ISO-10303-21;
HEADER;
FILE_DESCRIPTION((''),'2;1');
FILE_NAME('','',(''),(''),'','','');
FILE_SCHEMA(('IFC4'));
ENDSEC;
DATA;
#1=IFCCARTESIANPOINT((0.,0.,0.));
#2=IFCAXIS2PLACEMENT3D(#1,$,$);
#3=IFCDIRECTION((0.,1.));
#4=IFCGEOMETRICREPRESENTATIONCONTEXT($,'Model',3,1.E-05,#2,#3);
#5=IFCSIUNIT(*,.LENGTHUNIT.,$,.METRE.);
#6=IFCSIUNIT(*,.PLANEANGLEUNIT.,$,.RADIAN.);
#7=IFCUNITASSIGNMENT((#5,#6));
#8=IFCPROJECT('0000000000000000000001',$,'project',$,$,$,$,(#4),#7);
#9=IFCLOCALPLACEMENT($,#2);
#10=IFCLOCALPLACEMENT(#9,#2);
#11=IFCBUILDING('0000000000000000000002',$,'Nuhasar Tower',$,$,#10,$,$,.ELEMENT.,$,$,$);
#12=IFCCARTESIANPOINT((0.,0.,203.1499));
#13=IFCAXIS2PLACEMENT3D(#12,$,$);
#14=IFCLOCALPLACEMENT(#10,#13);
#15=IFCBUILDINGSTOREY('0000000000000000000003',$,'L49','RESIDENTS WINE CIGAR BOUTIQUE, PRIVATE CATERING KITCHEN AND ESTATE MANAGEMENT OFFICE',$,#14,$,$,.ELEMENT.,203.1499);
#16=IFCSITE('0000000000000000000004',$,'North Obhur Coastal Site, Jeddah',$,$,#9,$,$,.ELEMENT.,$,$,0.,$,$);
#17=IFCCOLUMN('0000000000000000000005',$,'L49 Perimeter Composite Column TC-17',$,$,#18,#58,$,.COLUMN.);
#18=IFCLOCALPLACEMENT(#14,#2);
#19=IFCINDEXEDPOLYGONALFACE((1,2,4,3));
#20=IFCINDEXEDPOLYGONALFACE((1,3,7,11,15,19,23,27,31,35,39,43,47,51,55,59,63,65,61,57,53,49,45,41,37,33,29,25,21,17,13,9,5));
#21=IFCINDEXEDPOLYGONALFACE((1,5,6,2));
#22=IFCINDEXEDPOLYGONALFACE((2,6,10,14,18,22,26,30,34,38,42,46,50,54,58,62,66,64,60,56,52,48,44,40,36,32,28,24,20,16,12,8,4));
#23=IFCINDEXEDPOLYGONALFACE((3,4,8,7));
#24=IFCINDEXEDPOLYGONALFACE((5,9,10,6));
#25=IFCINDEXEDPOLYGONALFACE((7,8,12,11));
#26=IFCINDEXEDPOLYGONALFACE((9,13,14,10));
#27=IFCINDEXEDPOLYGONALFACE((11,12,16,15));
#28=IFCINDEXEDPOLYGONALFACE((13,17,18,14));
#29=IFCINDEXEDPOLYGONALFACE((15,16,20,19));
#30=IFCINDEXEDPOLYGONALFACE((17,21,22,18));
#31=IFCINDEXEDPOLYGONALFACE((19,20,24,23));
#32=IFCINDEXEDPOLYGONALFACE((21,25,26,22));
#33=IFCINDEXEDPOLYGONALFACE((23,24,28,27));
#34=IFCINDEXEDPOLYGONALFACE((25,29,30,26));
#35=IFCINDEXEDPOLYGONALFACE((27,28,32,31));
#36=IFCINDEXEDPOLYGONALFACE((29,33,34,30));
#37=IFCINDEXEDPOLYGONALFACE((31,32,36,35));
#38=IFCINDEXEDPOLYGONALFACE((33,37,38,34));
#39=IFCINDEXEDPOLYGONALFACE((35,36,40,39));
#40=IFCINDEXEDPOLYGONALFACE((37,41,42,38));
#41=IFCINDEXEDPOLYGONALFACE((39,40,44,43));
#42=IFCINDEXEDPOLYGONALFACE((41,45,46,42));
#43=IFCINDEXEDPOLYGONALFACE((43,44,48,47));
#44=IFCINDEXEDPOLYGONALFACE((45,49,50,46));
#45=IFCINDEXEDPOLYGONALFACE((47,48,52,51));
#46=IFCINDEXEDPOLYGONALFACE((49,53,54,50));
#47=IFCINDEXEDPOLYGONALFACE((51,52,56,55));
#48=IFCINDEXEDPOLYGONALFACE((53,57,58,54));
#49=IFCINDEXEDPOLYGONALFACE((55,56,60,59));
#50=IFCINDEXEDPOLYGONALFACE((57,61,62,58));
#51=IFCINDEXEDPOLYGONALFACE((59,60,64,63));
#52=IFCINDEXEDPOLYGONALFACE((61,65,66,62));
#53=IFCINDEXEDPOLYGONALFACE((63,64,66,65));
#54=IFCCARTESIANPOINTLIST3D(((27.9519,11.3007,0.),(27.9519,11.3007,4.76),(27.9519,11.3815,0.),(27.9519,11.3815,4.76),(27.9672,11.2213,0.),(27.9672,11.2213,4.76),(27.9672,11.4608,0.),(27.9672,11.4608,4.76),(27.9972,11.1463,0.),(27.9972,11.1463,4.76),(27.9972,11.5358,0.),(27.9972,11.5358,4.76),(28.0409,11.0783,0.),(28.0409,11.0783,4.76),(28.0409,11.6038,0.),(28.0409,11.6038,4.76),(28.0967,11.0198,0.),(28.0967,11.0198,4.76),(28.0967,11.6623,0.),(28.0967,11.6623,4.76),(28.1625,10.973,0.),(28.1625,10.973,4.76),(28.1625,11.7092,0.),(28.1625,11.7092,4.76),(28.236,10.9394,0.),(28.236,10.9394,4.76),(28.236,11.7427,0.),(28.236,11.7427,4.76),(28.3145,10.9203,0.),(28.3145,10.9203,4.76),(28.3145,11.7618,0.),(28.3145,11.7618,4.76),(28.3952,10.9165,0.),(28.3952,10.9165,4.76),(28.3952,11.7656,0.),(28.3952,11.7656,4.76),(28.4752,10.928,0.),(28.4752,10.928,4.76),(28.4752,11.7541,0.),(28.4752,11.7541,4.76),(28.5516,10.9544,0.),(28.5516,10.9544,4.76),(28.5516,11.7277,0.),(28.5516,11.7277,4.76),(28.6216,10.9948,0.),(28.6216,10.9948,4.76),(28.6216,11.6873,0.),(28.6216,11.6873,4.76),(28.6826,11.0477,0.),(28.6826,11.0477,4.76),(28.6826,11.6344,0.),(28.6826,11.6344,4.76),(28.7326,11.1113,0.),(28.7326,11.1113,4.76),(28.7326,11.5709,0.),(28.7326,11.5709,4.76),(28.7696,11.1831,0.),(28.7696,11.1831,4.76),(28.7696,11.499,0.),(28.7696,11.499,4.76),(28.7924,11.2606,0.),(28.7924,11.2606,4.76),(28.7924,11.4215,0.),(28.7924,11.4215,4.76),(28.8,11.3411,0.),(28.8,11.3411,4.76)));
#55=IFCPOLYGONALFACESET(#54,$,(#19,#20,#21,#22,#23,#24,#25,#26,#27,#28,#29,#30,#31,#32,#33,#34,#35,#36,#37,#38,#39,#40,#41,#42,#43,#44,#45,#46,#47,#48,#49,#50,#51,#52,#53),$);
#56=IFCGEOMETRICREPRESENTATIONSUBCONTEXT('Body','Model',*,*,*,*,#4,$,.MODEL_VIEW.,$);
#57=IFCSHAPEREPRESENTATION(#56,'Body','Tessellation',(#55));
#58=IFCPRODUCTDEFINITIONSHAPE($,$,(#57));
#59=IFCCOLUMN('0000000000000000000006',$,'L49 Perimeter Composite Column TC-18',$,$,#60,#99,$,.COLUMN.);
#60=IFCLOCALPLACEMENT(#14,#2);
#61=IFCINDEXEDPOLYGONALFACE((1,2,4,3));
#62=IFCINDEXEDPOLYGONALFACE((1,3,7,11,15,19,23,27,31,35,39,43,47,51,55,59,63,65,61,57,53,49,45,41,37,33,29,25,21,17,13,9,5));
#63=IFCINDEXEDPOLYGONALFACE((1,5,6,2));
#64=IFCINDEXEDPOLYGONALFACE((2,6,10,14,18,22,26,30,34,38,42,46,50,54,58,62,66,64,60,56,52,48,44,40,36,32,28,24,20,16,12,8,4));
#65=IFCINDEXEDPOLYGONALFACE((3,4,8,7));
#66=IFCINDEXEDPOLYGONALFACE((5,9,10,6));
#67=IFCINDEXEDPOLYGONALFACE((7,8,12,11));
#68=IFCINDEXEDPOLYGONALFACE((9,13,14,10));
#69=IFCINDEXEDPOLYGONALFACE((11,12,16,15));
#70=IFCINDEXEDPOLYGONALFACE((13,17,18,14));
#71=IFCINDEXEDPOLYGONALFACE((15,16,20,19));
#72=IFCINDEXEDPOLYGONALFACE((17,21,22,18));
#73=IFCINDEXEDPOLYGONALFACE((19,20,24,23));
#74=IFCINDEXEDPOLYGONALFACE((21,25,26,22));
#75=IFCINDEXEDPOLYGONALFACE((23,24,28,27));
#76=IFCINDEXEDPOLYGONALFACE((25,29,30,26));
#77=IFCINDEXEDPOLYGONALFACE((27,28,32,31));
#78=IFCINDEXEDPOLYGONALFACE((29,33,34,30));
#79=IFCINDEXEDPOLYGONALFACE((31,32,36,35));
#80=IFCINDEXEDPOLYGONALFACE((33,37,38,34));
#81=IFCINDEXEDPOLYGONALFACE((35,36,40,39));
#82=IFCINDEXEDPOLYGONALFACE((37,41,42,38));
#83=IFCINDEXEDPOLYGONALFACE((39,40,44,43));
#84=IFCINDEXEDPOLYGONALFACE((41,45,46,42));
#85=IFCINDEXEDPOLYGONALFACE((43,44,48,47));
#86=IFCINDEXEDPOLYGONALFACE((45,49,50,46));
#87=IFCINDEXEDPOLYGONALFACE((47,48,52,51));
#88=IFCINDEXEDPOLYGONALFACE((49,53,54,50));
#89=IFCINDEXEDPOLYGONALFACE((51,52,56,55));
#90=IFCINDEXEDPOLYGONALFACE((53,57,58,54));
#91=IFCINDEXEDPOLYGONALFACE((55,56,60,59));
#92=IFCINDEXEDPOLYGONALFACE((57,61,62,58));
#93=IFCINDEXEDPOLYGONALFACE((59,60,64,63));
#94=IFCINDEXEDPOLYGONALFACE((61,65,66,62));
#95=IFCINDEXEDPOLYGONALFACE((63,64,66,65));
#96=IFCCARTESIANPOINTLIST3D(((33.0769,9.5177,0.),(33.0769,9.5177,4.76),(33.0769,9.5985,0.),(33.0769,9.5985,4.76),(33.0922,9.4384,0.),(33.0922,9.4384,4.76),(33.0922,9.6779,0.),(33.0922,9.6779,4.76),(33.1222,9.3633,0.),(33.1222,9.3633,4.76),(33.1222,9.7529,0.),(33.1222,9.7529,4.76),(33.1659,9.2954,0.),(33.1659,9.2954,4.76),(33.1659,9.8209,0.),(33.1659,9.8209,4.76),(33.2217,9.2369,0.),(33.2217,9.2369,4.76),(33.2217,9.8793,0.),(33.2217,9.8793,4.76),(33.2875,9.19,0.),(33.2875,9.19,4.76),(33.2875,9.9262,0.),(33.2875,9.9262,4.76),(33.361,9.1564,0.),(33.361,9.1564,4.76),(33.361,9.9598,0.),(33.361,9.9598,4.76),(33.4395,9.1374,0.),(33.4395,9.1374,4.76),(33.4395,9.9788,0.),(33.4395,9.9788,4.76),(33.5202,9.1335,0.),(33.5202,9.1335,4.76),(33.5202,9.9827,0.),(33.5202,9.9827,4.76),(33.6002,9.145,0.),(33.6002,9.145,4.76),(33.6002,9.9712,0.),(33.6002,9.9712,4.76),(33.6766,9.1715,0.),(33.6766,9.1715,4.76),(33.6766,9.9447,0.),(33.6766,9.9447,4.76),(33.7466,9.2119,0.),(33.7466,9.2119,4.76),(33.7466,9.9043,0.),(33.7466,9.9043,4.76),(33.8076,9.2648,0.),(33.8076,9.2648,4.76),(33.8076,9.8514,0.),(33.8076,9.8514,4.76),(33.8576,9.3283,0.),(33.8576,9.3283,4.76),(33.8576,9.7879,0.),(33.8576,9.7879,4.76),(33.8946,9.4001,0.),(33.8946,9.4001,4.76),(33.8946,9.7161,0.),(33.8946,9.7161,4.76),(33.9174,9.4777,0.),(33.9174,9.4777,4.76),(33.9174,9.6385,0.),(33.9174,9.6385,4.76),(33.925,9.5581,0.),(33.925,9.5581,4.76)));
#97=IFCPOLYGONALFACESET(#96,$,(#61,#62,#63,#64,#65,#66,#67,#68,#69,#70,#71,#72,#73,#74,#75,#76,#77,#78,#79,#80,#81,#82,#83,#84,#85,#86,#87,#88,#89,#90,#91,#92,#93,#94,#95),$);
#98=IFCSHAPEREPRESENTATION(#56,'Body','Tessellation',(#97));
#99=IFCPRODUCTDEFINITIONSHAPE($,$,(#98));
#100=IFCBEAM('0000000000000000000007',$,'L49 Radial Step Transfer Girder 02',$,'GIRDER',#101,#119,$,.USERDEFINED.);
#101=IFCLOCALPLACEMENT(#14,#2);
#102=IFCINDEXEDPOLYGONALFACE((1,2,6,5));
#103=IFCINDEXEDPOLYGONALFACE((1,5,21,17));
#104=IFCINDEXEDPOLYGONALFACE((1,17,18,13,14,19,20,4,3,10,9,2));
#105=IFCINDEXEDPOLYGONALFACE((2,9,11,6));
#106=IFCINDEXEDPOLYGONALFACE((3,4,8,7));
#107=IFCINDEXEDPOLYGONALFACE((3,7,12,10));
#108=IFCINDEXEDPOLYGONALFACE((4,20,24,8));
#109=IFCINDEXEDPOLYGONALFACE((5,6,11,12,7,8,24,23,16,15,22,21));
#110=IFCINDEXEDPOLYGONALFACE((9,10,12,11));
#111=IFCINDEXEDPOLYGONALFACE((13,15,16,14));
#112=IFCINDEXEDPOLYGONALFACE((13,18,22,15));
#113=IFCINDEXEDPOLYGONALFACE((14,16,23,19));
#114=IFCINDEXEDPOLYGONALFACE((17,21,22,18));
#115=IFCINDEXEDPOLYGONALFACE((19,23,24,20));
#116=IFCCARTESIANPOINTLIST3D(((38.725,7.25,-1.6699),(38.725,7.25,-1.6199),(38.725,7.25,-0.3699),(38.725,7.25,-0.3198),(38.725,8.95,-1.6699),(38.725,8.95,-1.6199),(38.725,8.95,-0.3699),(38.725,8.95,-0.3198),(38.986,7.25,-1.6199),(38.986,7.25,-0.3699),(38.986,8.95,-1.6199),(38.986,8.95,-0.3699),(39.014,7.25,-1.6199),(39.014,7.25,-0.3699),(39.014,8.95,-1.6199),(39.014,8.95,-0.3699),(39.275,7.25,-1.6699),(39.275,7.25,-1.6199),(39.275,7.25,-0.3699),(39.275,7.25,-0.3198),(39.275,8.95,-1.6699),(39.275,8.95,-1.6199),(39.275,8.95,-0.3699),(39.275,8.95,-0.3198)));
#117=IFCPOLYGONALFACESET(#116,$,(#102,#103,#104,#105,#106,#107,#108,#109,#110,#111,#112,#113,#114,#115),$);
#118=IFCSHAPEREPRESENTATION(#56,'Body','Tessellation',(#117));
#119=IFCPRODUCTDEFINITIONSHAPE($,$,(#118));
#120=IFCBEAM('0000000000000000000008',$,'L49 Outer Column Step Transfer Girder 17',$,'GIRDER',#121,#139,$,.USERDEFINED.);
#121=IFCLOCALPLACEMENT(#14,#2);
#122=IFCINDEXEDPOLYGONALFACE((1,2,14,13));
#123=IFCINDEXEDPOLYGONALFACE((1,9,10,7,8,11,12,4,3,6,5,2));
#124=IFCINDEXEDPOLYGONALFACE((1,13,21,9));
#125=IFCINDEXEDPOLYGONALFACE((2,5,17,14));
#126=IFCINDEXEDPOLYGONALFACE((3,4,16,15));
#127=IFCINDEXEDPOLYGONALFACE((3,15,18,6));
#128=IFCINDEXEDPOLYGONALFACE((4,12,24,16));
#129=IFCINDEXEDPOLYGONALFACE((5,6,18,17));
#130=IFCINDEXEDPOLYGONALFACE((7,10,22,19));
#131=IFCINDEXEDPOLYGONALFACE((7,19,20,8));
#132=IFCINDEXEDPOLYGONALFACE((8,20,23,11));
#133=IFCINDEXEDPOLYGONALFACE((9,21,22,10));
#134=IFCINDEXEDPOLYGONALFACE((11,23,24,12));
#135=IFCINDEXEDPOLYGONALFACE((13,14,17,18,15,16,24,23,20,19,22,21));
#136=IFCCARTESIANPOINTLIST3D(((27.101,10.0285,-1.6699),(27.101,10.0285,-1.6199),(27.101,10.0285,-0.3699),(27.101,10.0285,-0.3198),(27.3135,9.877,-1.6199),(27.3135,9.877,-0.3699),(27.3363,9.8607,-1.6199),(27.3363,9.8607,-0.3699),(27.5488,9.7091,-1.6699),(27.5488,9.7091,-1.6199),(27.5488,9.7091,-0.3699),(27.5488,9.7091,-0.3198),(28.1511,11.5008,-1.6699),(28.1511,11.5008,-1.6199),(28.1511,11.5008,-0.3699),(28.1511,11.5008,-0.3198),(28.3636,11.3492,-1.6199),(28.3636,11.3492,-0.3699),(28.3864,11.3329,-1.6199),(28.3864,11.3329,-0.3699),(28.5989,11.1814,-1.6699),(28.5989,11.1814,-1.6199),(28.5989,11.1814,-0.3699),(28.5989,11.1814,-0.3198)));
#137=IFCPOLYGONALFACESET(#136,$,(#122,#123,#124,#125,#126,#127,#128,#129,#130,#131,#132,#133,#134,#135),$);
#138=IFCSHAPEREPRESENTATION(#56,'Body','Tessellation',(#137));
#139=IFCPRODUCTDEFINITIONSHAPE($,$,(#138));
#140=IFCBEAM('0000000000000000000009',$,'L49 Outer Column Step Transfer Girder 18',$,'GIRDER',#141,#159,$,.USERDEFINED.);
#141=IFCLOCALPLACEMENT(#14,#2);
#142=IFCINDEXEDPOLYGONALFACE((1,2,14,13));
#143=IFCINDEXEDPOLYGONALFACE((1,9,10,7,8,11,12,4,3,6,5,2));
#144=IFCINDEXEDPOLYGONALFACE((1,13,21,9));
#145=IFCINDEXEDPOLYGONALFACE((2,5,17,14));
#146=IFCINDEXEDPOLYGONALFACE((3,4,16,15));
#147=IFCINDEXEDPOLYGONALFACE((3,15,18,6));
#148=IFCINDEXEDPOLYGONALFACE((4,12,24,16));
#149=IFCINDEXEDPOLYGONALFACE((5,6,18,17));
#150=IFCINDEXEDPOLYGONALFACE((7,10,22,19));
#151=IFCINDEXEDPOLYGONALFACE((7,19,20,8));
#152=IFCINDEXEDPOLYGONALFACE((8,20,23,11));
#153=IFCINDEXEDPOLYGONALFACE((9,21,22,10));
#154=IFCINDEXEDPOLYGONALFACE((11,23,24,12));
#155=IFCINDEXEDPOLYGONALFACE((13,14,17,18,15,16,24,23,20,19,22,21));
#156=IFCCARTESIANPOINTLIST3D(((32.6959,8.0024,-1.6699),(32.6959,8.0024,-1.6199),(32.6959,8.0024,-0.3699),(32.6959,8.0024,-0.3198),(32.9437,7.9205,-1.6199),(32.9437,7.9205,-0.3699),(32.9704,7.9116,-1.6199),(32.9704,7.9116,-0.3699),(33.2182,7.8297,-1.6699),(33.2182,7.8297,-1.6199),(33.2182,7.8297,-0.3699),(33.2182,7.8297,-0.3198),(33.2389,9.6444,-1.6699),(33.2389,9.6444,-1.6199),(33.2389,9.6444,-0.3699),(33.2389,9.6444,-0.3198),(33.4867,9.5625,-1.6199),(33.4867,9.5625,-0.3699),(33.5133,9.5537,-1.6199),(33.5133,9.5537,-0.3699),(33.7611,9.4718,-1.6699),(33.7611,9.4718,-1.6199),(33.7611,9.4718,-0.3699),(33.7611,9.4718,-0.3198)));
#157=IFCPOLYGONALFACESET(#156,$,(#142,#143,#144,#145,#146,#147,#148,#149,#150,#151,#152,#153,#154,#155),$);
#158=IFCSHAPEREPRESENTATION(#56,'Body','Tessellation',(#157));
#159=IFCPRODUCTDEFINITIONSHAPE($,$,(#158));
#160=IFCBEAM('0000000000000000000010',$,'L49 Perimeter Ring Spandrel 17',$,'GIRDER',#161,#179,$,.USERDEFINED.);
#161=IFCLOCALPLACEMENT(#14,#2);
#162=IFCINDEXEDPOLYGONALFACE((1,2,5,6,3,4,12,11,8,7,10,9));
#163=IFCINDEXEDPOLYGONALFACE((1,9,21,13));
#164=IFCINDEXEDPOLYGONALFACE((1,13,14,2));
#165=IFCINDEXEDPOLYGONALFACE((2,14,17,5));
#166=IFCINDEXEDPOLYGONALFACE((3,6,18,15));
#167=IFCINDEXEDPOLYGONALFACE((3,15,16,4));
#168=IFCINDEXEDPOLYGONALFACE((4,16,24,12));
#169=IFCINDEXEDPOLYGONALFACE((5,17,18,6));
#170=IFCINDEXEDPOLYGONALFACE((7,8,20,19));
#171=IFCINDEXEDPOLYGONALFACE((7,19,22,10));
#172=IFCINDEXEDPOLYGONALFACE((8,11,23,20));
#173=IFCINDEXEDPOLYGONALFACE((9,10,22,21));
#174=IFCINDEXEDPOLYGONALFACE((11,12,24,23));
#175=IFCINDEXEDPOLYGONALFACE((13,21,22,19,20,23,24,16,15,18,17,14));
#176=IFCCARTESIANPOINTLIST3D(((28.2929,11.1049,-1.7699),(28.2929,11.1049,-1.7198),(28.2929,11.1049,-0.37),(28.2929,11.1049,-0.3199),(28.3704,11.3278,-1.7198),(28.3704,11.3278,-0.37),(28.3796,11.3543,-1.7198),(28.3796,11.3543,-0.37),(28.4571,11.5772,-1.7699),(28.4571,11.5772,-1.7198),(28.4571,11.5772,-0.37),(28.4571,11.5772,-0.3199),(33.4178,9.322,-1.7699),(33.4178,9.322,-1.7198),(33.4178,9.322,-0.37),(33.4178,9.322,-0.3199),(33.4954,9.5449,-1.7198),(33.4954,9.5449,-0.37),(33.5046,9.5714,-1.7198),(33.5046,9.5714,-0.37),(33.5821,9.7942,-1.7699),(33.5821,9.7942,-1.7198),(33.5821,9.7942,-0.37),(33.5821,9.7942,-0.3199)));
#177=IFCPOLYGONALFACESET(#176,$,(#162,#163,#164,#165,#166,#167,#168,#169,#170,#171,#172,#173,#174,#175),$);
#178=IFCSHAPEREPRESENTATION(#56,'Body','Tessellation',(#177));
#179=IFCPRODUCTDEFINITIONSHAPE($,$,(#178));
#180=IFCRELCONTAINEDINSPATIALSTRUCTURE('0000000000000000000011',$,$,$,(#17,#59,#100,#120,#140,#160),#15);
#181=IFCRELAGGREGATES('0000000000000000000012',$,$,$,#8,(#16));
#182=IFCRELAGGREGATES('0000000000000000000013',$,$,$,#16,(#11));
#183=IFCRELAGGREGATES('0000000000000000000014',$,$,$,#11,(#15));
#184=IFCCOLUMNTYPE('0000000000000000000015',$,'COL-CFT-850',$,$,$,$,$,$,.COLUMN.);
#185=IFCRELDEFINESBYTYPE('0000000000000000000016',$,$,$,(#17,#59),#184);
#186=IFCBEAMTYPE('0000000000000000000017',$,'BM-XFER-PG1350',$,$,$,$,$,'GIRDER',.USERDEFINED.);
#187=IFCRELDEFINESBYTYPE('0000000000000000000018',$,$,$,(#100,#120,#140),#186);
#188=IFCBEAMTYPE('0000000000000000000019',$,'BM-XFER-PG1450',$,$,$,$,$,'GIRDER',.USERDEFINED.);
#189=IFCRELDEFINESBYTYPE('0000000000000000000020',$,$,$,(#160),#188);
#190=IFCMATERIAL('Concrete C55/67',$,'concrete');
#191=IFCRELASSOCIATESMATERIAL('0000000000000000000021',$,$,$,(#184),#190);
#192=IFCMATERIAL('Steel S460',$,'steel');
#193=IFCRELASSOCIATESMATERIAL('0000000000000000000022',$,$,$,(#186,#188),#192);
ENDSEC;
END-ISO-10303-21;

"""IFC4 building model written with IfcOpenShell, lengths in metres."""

from ifc_helpers import new_model, si_unit, direction, frame, origin, origin_2d, place, context, subcontext, project, spatial, circle, i_section, extrude, material, material_profile, profile_set, type_object, element, save


model = new_model("IFC4")

# Units and contexts
model_context = context("Model", 3, precision=1e-05, world=origin(), true_north=direction((0.0, 1.0)))
body_context = subcontext(model_context, "Body", "Model", "MODEL_VIEW")
ifc_project = project(units=[si_unit("LENGTHUNIT", "METRE"), si_unit("PLANEANGLEUNIT", "RADIAN")], contexts=[model_context])

# Site, building, storey
site_placement = place(None, origin())
site = spatial("IfcSite", under=ifc_project, at=site_placement, Name="North Obhur Coastal Site, Jeddah", CompositionType="ELEMENT", RefElevation=0.0)
building_placement = place(site_placement, origin())
building = spatial("IfcBuilding", under=site, at=building_placement, Name="Nuhasar Tower", CompositionType="ELEMENT")
storey_placement = place(building_placement, frame((0.0, 0.0, 203.1499)))
storey = spatial("IfcBuildingStorey", under=building, at=storey_placement, Name="L49", Description="RESIDENTS WINE CIGAR BOUTIQUE, PRIVATE CATERING KITCHEN AND ESTATE MANAGEMENT OFFICE", CompositionType="ELEMENT", Elevation=203.1499)

# Columns
ifc_material_1 = material(Name="Concrete C55/67", Category="concrete")
ifc_material_profile_1 = material_profile(ifc_material_1, circle(Radius=0.425, at=origin_2d()), Name="CFT850")
ifc_profile_set_1 = profile_set([ifc_material_profile_1], Name="Concrete C55/67")
column_type = type_object("IfcColumnType", Name="COL-CFT-850", PredefinedType="COLUMN", material=ifc_profile_set_1)
for number, where, z_axis, x_axis, name in (
    (1, (28.375, 11.3411, 0.0), (0.0, 0.0, 1.0), (1.0, 0.0, 0.0), "L49 Perimeter Composite Column TC-17"),
    (2, (33.5, 9.5581, 0.0), (0.0, 0.0, 1.0), (1.0, 0.0, 0.0), "L49 Perimeter Composite Column TC-18"),
):
    element("IfcColumn", number, at=place(storey_placement, frame(where, z_axis=z_axis, x_axis=x_axis)), inside=storey, type_object=column_type, Name=name, PredefinedType="COLUMN", context=body_context, shape_type="SweptSolid", body=[
        extrude(circle(Radius=0.425, at=origin_2d()), origin(), (0.0, 0.0, 1.0), 4.76),
    ])

# Beams
ifc_material_2 = material(Name="Steel S460", Category="steel")
ifc_material_profile_2 = material_profile(ifc_material_2, i_section(OverallWidth=0.55, OverallDepth=1.3501, WebThickness=0.0281, FlangeThickness=0.05, at=origin_2d()), Name="PG1350X550")
ifc_profile_set_2 = profile_set([ifc_material_profile_2], Name="Steel S460")
beam_type_1 = type_object("IfcBeamType", Name="BM-XFER-PG1350", ElementType="GIRDER", PredefinedType="USERDEFINED", material=ifc_profile_set_2)
beam_1_placement = place(storey_placement, frame((39.0, 8.95, -0.9949), z_axis=(0.0, -1.0, 0.0), x_axis=(1.0, 0.0, 0.0)))
element("IfcBeam", 3, at=beam_1_placement, inside=storey, type_object=beam_type_1, Name="L49 Radial Step Transfer Girder 02", ObjectType="GIRDER", PredefinedType="USERDEFINED", context=body_context, shape_type="SweptSolid", body=[
    extrude(i_section(OverallWidth=0.55, OverallDepth=1.3501, WebThickness=0.0281, FlangeThickness=0.05, at=origin_2d()), origin(), (0.0, 0.0, 1.0), 1.7),
])
beam_2_placement = place(storey_placement, frame((28.375, 11.3411, -0.9949), z_axis=(-0.580689, -0.814126, 0.0), x_axis=(0.814126, -0.580689, 0.0)))
element("IfcBeam", 4, at=beam_2_placement, inside=storey, type_object=beam_type_1, Name="L49 Outer Column Step Transfer Girder 17", ObjectType="GIRDER", PredefinedType="USERDEFINED", context=body_context, shape_type="SweptSolid", body=[
    extrude(i_section(OverallWidth=0.55, OverallDepth=1.3501, WebThickness=0.0281, FlangeThickness=0.05, at=origin_2d()), origin(), (0.0, 0.0, 1.0), 1.8083),
])
beam_3_placement = place(storey_placement, frame((33.5, 9.5581, -0.9949), z_axis=(-0.31394, -0.949443, 0.0), x_axis=(0.949443, -0.31394, 0.0)))
element("IfcBeam", 5, at=beam_3_placement, inside=storey, type_object=beam_type_1, Name="L49 Outer Column Step Transfer Girder 18", ObjectType="GIRDER", PredefinedType="USERDEFINED", context=body_context, shape_type="SweptSolid", body=[
    extrude(i_section(OverallWidth=0.55, OverallDepth=1.3501, WebThickness=0.0281, FlangeThickness=0.05, at=origin_2d()), origin(), (0.0, 0.0, 1.0), 1.7295),
])
ifc_material_profile_3 = material_profile(ifc_material_2, i_section(OverallWidth=0.5, OverallDepth=1.45, WebThickness=0.0281, FlangeThickness=0.05, at=origin_2d()), Name="PG1450X500")
ifc_profile_set_3 = profile_set([ifc_material_profile_3], Name="Steel S460")
beam_type_2 = type_object("IfcBeamType", Name="BM-XFER-PG1450", ElementType="GIRDER", PredefinedType="USERDEFINED", material=ifc_profile_set_3)
beam_4_placement = place(storey_placement, frame((28.375, 11.3411, -1.0449), z_axis=(0.944477, -0.328578, 0.0), x_axis=(0.328578, 0.944477, 0.0)))
element("IfcBeam", 6, at=beam_4_placement, inside=storey, type_object=beam_type_2, Name="L49 Perimeter Ring Spandrel 17", ObjectType="GIRDER", PredefinedType="USERDEFINED", context=body_context, shape_type="SweptSolid", body=[
    extrude(i_section(OverallWidth=0.5, OverallDepth=1.45, WebThickness=0.0281, FlangeThickness=0.05, at=origin_2d()), origin(), (0.0, 0.0, 1.0), 5.4263),
])

save(model, "model.ifc")
